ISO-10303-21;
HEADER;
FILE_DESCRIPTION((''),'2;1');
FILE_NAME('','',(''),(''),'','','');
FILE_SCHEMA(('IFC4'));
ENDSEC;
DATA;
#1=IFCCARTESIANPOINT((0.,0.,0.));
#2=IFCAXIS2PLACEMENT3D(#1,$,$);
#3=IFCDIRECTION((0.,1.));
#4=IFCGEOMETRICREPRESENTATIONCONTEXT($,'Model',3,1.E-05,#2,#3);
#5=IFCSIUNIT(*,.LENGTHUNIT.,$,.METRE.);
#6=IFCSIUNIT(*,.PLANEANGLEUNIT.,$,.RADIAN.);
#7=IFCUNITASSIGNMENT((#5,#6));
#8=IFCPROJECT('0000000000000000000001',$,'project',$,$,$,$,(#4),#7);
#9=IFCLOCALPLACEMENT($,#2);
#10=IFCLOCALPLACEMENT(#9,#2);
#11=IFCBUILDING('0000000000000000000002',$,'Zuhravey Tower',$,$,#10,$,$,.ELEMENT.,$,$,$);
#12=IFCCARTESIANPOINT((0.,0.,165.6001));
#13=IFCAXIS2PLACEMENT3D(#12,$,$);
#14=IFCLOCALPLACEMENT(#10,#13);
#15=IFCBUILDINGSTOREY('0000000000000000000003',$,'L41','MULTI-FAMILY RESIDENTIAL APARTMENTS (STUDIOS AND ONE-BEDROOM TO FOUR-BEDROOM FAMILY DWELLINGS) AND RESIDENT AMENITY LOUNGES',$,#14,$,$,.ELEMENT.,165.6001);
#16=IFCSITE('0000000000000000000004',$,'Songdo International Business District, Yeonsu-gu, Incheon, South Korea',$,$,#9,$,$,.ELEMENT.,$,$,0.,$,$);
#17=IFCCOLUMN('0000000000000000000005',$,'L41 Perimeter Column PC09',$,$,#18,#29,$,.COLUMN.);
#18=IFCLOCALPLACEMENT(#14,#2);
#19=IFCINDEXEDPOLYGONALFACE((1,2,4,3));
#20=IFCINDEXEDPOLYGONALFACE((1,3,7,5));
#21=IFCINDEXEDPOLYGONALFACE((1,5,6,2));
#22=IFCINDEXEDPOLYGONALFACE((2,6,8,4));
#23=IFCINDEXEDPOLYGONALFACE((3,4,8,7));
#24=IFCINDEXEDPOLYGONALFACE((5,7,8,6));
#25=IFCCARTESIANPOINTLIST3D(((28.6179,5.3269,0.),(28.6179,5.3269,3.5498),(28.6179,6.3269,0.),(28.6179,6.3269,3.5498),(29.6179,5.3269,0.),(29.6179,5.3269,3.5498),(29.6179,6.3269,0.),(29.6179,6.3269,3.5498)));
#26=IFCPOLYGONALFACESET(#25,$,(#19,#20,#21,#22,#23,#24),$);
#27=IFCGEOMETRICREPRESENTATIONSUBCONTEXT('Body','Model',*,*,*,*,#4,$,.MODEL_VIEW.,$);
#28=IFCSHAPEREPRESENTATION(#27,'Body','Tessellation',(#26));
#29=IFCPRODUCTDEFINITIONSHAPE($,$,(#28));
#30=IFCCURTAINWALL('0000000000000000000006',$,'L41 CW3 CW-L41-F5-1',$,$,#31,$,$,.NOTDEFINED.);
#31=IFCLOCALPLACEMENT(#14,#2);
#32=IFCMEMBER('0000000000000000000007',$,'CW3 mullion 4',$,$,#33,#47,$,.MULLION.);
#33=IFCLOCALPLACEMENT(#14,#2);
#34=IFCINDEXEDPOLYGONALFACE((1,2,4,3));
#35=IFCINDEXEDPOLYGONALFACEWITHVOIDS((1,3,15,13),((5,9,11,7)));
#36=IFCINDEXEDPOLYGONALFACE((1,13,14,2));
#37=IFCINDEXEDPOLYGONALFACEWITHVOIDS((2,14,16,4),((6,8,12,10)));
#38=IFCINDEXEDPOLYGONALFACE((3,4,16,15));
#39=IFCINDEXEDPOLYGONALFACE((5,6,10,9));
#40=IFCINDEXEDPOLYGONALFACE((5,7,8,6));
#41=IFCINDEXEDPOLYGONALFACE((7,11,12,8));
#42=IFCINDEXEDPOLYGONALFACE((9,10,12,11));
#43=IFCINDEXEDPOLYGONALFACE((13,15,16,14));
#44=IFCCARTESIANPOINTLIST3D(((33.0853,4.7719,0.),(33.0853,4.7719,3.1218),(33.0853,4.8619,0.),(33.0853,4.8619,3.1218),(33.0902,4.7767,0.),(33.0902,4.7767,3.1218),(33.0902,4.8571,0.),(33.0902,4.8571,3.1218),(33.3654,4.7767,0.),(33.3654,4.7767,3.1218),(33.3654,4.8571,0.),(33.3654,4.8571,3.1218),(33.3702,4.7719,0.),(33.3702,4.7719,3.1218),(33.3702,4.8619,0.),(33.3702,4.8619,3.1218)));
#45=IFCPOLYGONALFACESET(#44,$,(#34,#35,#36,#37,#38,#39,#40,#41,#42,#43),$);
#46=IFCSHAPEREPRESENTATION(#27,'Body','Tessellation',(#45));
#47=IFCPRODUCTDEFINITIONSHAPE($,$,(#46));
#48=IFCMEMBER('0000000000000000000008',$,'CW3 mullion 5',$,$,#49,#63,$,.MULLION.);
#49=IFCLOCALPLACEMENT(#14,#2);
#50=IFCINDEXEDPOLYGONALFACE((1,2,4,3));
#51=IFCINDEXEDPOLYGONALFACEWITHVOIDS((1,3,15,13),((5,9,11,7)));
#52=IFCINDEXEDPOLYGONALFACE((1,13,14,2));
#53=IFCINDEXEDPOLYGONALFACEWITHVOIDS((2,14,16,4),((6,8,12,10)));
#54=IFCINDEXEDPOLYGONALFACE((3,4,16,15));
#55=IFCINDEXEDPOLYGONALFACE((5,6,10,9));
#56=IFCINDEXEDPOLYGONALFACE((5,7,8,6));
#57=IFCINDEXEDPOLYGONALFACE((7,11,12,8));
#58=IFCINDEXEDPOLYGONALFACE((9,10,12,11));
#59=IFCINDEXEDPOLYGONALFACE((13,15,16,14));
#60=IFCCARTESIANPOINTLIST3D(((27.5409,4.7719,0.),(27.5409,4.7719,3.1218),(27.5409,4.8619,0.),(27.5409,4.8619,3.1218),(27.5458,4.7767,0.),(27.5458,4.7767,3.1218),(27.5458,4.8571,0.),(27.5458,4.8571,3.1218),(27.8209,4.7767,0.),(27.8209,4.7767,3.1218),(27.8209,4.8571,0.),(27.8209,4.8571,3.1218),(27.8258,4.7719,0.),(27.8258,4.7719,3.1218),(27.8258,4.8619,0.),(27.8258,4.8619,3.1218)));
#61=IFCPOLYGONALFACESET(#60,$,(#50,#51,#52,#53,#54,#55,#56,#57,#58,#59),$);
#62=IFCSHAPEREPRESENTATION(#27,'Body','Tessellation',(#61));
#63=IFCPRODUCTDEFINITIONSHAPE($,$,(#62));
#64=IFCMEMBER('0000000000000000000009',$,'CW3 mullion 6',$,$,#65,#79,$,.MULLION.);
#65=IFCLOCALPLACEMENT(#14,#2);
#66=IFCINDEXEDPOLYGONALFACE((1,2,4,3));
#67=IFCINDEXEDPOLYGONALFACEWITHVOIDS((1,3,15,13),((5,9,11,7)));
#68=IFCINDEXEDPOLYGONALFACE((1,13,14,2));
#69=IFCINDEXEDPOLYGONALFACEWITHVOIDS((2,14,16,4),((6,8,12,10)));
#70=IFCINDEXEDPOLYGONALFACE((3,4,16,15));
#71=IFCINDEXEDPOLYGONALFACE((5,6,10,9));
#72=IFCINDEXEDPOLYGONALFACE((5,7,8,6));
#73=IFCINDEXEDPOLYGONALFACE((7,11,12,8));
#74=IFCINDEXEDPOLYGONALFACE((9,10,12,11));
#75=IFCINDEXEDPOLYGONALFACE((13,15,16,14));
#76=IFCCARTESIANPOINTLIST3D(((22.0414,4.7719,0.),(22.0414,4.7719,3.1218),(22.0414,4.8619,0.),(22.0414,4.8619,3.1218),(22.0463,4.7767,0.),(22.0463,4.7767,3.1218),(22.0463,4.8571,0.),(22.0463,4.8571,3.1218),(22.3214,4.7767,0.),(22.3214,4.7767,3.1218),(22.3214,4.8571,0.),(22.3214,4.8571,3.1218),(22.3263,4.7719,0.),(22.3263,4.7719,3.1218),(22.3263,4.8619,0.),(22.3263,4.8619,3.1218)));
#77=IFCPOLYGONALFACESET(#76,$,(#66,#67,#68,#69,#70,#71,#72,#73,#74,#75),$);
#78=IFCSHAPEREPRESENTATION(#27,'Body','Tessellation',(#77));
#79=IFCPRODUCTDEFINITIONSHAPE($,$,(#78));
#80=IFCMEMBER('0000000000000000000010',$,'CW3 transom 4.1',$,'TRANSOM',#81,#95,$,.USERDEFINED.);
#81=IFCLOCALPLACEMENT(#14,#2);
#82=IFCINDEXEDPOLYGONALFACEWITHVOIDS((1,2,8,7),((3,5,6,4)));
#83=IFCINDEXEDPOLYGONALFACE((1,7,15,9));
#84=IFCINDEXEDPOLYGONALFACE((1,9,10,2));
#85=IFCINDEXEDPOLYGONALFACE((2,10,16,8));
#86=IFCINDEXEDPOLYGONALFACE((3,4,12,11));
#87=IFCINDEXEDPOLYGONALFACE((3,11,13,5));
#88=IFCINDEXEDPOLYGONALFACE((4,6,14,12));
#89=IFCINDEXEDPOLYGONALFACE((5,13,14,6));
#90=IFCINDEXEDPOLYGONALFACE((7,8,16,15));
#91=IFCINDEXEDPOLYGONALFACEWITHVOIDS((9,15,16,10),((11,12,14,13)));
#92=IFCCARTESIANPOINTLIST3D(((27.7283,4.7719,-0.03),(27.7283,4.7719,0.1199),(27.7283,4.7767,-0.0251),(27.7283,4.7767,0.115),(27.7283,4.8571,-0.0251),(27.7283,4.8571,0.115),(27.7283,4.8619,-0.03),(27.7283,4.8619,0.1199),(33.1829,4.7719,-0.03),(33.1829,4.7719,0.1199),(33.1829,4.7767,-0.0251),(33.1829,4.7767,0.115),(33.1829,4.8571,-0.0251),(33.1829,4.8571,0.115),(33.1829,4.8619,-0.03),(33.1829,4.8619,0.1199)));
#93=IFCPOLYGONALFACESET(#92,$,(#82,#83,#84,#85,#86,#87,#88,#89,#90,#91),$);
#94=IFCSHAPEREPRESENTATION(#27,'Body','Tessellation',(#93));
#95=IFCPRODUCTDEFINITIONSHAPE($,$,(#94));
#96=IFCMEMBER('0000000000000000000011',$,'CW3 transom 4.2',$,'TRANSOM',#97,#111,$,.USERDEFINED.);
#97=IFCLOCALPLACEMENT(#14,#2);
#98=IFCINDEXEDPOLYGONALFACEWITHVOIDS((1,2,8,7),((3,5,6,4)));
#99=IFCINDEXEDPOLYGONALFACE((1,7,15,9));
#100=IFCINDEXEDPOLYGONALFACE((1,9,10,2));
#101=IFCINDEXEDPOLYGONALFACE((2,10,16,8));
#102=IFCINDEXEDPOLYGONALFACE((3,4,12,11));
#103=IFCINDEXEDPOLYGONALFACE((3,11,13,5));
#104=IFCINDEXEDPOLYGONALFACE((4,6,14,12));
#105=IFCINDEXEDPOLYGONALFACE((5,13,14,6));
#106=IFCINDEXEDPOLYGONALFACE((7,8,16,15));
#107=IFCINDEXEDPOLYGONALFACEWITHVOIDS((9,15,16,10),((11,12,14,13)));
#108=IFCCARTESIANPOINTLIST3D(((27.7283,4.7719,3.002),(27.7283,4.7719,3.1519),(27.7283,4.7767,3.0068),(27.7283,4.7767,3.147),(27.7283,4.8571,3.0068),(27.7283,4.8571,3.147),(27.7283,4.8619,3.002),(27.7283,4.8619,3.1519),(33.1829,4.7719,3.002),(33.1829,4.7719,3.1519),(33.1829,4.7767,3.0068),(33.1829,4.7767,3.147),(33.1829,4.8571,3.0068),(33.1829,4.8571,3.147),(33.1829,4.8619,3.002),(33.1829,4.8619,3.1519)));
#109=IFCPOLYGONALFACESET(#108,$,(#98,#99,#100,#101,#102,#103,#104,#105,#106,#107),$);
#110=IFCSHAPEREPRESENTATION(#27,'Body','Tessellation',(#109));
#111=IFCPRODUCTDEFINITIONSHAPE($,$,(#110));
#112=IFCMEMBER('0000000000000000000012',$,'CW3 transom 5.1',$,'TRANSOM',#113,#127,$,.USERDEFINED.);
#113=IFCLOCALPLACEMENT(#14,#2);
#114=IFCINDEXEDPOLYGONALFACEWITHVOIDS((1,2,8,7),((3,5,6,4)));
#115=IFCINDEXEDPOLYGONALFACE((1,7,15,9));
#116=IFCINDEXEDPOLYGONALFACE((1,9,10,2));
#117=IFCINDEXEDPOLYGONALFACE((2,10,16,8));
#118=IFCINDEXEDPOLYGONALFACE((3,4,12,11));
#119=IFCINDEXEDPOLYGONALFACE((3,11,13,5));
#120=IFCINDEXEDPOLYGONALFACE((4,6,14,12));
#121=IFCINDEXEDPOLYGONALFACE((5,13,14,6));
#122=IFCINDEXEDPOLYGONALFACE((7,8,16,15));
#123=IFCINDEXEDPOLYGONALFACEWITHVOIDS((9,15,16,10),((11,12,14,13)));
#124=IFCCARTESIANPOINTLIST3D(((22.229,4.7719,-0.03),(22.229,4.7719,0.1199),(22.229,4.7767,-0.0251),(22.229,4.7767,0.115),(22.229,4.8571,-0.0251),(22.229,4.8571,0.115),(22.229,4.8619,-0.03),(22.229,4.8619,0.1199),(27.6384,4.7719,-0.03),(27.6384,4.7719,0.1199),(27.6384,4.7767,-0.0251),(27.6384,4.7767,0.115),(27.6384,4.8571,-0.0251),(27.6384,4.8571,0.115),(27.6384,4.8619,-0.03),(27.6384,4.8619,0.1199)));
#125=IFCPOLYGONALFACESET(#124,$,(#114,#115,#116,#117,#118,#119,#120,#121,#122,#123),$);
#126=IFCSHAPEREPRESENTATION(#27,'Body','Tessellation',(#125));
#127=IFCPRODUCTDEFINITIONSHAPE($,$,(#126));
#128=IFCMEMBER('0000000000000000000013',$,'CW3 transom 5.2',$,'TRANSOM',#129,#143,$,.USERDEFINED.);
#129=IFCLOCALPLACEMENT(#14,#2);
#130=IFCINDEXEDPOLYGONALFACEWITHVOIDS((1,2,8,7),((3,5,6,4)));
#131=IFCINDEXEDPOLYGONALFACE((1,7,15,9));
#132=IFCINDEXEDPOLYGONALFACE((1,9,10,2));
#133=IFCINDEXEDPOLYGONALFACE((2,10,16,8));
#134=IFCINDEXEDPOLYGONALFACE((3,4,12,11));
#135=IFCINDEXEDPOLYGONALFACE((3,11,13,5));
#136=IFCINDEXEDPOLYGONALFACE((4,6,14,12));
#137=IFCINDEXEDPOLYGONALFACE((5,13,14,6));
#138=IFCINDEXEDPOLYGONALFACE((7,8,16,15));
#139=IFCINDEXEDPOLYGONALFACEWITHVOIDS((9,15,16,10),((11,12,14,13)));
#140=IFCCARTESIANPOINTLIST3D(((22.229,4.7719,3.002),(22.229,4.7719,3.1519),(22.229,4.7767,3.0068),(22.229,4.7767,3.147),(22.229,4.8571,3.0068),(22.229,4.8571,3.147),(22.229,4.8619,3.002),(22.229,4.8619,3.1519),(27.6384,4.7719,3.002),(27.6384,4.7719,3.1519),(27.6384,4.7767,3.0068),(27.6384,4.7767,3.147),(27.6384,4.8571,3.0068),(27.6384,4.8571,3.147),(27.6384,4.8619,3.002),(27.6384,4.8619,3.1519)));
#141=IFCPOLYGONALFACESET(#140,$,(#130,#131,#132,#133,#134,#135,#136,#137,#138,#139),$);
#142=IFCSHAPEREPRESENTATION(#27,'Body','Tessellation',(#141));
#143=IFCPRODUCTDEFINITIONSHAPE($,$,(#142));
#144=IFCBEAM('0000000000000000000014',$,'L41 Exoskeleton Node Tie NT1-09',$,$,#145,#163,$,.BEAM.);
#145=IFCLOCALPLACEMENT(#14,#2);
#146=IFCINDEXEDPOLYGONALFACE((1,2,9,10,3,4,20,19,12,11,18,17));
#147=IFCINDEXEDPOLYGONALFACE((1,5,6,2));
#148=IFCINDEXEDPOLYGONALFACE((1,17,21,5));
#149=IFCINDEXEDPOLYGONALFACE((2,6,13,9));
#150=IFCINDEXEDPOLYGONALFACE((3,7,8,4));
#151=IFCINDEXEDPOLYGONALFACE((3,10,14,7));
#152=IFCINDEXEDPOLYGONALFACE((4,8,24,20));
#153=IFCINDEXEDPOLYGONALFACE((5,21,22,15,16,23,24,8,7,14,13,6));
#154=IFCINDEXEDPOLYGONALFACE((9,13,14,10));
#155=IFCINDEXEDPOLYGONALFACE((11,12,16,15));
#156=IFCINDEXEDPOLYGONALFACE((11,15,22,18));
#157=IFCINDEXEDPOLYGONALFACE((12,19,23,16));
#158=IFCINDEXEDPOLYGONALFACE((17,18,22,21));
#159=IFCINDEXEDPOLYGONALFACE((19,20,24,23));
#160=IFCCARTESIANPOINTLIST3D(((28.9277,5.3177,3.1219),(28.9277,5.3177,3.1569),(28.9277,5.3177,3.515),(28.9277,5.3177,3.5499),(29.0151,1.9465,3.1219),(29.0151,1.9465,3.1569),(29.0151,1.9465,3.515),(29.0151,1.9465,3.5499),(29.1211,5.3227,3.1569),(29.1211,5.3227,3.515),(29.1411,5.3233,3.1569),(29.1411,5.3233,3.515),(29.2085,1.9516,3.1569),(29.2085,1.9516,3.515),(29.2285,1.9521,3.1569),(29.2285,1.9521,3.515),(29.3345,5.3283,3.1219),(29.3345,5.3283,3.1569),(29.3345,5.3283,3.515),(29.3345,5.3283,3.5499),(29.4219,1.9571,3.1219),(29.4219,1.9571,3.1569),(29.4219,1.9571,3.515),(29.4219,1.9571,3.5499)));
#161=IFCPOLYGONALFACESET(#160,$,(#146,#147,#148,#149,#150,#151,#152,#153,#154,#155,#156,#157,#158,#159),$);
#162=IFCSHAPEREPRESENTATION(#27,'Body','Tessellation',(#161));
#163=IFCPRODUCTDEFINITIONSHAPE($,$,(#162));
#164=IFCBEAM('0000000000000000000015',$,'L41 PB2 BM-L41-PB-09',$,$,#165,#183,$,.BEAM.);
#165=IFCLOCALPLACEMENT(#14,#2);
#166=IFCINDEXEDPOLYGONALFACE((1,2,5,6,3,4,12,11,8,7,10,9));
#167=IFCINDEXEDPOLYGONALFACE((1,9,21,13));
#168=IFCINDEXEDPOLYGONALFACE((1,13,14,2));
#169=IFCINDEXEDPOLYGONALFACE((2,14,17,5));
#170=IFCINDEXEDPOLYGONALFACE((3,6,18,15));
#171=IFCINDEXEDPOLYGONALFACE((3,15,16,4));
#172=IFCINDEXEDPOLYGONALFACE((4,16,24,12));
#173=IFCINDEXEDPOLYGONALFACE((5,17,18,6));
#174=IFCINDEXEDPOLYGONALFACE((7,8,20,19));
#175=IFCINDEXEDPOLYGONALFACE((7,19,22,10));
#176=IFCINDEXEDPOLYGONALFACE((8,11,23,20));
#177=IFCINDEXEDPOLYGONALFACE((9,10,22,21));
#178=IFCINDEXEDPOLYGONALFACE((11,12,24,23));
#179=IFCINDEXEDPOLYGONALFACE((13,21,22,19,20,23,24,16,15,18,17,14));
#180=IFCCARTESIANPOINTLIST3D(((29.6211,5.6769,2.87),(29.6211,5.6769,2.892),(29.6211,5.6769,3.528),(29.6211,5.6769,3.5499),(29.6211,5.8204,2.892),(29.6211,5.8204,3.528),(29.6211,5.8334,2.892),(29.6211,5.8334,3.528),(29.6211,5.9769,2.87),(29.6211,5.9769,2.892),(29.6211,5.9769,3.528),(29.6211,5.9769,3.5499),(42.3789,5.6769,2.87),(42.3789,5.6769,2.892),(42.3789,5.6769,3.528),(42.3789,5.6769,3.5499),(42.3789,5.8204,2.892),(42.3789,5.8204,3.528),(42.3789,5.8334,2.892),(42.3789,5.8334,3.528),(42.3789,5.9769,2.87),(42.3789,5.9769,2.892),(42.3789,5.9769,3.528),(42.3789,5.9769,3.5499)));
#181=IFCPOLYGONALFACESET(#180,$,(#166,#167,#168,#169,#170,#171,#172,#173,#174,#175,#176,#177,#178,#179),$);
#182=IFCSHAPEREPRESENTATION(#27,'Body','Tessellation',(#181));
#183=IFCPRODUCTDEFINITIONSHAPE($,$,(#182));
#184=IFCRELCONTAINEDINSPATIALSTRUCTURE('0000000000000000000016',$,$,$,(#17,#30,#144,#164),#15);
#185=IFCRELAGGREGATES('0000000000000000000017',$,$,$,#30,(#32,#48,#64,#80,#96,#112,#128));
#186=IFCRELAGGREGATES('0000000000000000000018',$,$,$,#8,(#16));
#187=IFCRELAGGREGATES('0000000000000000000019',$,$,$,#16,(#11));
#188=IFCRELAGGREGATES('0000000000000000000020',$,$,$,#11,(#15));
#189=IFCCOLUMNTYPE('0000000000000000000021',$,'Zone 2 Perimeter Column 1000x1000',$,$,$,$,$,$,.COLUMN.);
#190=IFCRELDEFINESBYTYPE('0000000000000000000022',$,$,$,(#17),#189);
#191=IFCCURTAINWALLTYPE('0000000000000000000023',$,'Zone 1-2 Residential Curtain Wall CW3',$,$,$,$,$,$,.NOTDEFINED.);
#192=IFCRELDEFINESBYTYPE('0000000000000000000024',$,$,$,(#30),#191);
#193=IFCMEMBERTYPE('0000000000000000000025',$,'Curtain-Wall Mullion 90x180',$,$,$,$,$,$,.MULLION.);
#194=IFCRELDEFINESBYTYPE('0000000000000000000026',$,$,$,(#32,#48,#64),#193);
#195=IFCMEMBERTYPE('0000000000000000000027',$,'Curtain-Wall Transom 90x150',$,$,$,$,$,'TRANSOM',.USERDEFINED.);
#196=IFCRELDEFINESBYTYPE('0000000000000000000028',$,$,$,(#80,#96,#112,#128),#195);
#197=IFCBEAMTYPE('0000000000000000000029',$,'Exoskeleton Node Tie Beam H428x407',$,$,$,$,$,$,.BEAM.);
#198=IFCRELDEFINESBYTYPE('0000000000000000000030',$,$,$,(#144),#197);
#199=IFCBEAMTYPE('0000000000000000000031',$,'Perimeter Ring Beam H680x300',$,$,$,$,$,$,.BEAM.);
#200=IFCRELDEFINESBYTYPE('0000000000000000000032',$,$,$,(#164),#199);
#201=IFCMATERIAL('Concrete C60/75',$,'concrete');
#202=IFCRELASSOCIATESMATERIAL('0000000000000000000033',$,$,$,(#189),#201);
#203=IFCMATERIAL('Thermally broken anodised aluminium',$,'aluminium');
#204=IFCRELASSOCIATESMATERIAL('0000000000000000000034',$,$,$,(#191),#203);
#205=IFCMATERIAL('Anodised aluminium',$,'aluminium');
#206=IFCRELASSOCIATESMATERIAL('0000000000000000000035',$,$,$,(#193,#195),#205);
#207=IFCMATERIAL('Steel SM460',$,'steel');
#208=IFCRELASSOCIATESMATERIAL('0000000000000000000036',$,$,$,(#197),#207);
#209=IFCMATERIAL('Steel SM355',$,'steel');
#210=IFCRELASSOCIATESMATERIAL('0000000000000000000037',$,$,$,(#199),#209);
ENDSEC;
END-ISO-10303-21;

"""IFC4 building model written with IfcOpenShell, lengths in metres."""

from ifc_helpers import new_model, si_unit, direction, frame, origin, origin_2d, place, context, subcontext, project, spatial, rectangle, hollow_rectangle, i_section, extrude, material, material_profile, profile_set, type_object, element, aggregate, save


model = new_model("IFC4")

# Units and contexts
model_context = context("Model", 3, precision=1e-05, world=origin(), true_north=direction((0.0, 1.0)))
body_context = subcontext(model_context, "Body", "Model", "MODEL_VIEW")
ifc_project = project(units=[si_unit("LENGTHUNIT", "METRE"), si_unit("PLANEANGLEUNIT", "RADIAN")], contexts=[model_context])

# Site, building, storey
site_placement = place(None, origin())
site = spatial("IfcSite", under=ifc_project, at=site_placement, Name="Songdo International Business District, Yeonsu-gu, Incheon, South Korea", CompositionType="ELEMENT", RefElevation=0.0)
building_placement = place(site_placement, origin())
building = spatial("IfcBuilding", under=site, at=building_placement, Name="Zuhravey Tower", CompositionType="ELEMENT")
storey_placement = place(building_placement, frame((0.0, 0.0, 165.6001)))
storey = spatial("IfcBuildingStorey", under=building, at=storey_placement, Name="L41", Description="MULTI-FAMILY RESIDENTIAL APARTMENTS (STUDIOS AND ONE-BEDROOM TO FOUR-BEDROOM FAMILY DWELLINGS) AND RESIDENT AMENITY LOUNGES", CompositionType="ELEMENT", Elevation=165.6001)

# Column
ifc_material_1 = material(Name="Concrete C60/75", Category="concrete")
ifc_material_profile_1 = material_profile(ifc_material_1, rectangle(XDim=1.0, YDim=1.0, at=origin_2d()), Name="RC-1000x1000")
ifc_profile_set_1 = profile_set([ifc_material_profile_1], Name="Concrete C60/75")
column_type = type_object("IfcColumnType", Name="Zone 2 Perimeter Column 1000x1000", PredefinedType="COLUMN", material=ifc_profile_set_1)
column_placement = place(storey_placement, frame((29.1179, 5.8269, 0.0), z_axis=(0.0, 0.0, 1.0), x_axis=(1.0, 0.0, 0.0)))
element("IfcColumn", 1, at=column_placement, inside=storey, type_object=column_type, Name="L41 Perimeter Column PC09", PredefinedType="COLUMN", context=body_context, shape_type="SweptSolid", body=[
    extrude(rectangle(XDim=1.0, YDim=1.0, at=origin_2d()), origin(), (0.0, 0.0, 1.0), 3.5498),
])

# Curtain wall, members
ifc_material_2 = material(Name="Thermally broken anodised aluminium", Category="aluminium")
curtain_wall_type = type_object("IfcCurtainWallType", Name="Zone 1-2 Residential Curtain Wall CW3", PredefinedType="NOTDEFINED", material=ifc_material_2)
curtain_wall_placement = place(storey_placement, origin())
curtain_wall = element("IfcCurtainWall", 2, at=curtain_wall_placement, inside=storey, type_object=curtain_wall_type, Name="L41 CW3 CW-L41-F5-1", PredefinedType="NOTDEFINED")
ifc_material_3 = material(Name="Anodised aluminium", Category="aluminium")
ifc_material_profile_2 = material_profile(ifc_material_3, hollow_rectangle(XDim=0.0901, YDim=0.2849, WallThickness=0.0049, at=origin_2d()), Name="ALU-RHS-90x285x5")
ifc_profile_set_2 = profile_set([ifc_material_profile_2], Name="Anodised aluminium")
member_type_1 = type_object("IfcMemberType", Name="Curtain-Wall Mullion 90x180", PredefinedType="MULLION", material=ifc_profile_set_2)
member_1_placement = place(storey_placement, frame((33.2278, 4.8169, 0.0), z_axis=(0.0, 0.0, 1.0), x_axis=(0.0, -1.0, 0.0)))
member_1 = element("IfcMember", 3, at=member_1_placement, type_object=member_type_1, Name="CW3 mullion 4", PredefinedType="MULLION", context=body_context, shape_type="SweptSolid", body=[
    extrude(hollow_rectangle(XDim=0.0901, YDim=0.2849, WallThickness=0.0049, at=origin_2d()), origin(), (0.0, 0.0, 1.0), 3.1218),
])
member_2_placement = place(storey_placement, frame((27.6833, 4.8169, 0.0), z_axis=(0.0, 0.0, 1.0), x_axis=(0.0, -1.0, 0.0)))
member_2 = element("IfcMember", 4, at=member_2_placement, type_object=member_type_1, Name="CW3 mullion 5", PredefinedType="MULLION", context=body_context, shape_type="SweptSolid", body=[
    extrude(hollow_rectangle(XDim=0.0901, YDim=0.2849, WallThickness=0.0049, at=origin_2d()), origin(), (0.0, 0.0, 1.0), 3.1218),
])
member_3_placement = place(storey_placement, frame((22.1838, 4.8169, 0.0), z_axis=(0.0, 0.0, 1.0), x_axis=(0.0, -1.0, 0.0)))
member_3 = element("IfcMember", 5, at=member_3_placement, type_object=member_type_1, Name="CW3 mullion 6", PredefinedType="MULLION", context=body_context, shape_type="SweptSolid", body=[
    extrude(hollow_rectangle(XDim=0.0901, YDim=0.2849, WallThickness=0.0049, at=origin_2d()), origin(), (0.0, 0.0, 1.0), 3.1218),
])
ifc_material_profile_3 = material_profile(ifc_material_3, hollow_rectangle(XDim=0.0901, YDim=0.1499, WallThickness=0.0049, at=origin_2d()), Name="ALU-RHS-90x150x5")
ifc_profile_set_3 = profile_set([ifc_material_profile_3], Name="Anodised aluminium")
member_type_2 = type_object("IfcMemberType", Name="Curtain-Wall Transom 90x150", ElementType="TRANSOM", PredefinedType="USERDEFINED", material=ifc_profile_set_3)
member_4_placement = place(storey_placement, frame((33.1829, 4.8169, 0.0449), z_axis=(-1.0, 0.0, 0.0), x_axis=(0.0, -1.0, 0.0)))
member_4 = element("IfcMember", 6, at=member_4_placement, type_object=member_type_2, Name="CW3 transom 4.1", ObjectType="TRANSOM", PredefinedType="USERDEFINED", context=body_context, shape_type="SweptSolid", body=[
    extrude(hollow_rectangle(XDim=0.0901, YDim=0.1499, WallThickness=0.0049, at=origin_2d()), origin(), (0.0, 0.0, 1.0), 5.4546),
])
member_5_placement = place(storey_placement, frame((33.1829, 4.8169, 3.0769), z_axis=(-1.0, 0.0, 0.0), x_axis=(0.0, -1.0, 0.0)))
member_5 = element("IfcMember", 7, at=member_5_placement, type_object=member_type_2, Name="CW3 transom 4.2", ObjectType="TRANSOM", PredefinedType="USERDEFINED", context=body_context, shape_type="SweptSolid", body=[
    extrude(hollow_rectangle(XDim=0.0901, YDim=0.1499, WallThickness=0.0049, at=origin_2d()), origin(), (0.0, 0.0, 1.0), 5.4546),
])
member_6_placement = place(storey_placement, frame((27.6384, 4.8169, 0.0449), z_axis=(-1.0, 0.0, 0.0), x_axis=(0.0, -1.0, 0.0)))
member_6 = element("IfcMember", 8, at=member_6_placement, type_object=member_type_2, Name="CW3 transom 5.1", ObjectType="TRANSOM", PredefinedType="USERDEFINED", context=body_context, shape_type="SweptSolid", body=[
    extrude(hollow_rectangle(XDim=0.0901, YDim=0.1499, WallThickness=0.0049, at=origin_2d()), origin(), (0.0, 0.0, 1.0), 5.4094),
])
member_7_placement = place(storey_placement, frame((27.6384, 4.8169, 3.0769), z_axis=(-1.0, 0.0, 0.0), x_axis=(0.0, -1.0, 0.0)))
member_7 = element("IfcMember", 9, at=member_7_placement, type_object=member_type_2, Name="CW3 transom 5.2", ObjectType="TRANSOM", PredefinedType="USERDEFINED", context=body_context, shape_type="SweptSolid", body=[
    extrude(hollow_rectangle(XDim=0.0901, YDim=0.1499, WallThickness=0.0049, at=origin_2d()), origin(), (0.0, 0.0, 1.0), 5.4094),
])

# Beams
ifc_material_4 = material(Name="Steel SM460", Category="steel")
ifc_material_profile_4 = material_profile(ifc_material_4, i_section(OverallWidth=0.407, OverallDepth=0.428, WebThickness=0.02, FlangeThickness=0.0349, at=origin_2d()), Name="H-428x407x20x35")
ifc_profile_set_4 = profile_set([ifc_material_profile_4], Name="Steel SM460")
beam_type_1 = type_object("IfcBeamType", Name="Exoskeleton Node Tie Beam H428x407", PredefinedType="BEAM", material=ifc_profile_set_4)
beam_1_placement = place(storey_placement, frame((29.1311, 5.323, 3.3359), z_axis=(0.025918, -0.999664, 0.0), x_axis=(0.999664, 0.025918, 0.0)))
element("IfcBeam", 10, at=beam_1_placement, inside=storey, type_object=beam_type_1, Name="L41 Exoskeleton Node Tie NT1-09", PredefinedType="BEAM", context=body_context, shape_type="SweptSolid", body=[
    extrude(i_section(OverallWidth=0.407, OverallDepth=0.428, WebThickness=0.02, FlangeThickness=0.0349, at=origin_2d()), origin(), (0.0, 0.0, 1.0), 3.3723),
])
ifc_material_5 = material(Name="Steel SM355", Category="steel")
ifc_material_profile_5 = material_profile(ifc_material_5, i_section(OverallWidth=0.3, OverallDepth=0.6799, WebThickness=0.0129, FlangeThickness=0.022, at=origin_2d()), Name="H-680x300x13x22")
ifc_profile_set_5 = profile_set([ifc_material_profile_5], Name="Steel SM355")
beam_type_2 = type_object("IfcBeamType", Name="Perimeter Ring Beam H680x300", PredefinedType="BEAM", material=ifc_profile_set_5)
beam_2_placement = place(storey_placement, frame((29.6211, 5.8269, 3.21), z_axis=(1.0, 0.0, 0.0), x_axis=(0.0, 1.0, 0.0)))
element("IfcBeam", 11, at=beam_2_placement, inside=storey, type_object=beam_type_2, Name="L41 PB2 BM-L41-PB-09", PredefinedType="BEAM", context=body_context, shape_type="SweptSolid", body=[
    extrude(i_section(OverallWidth=0.3, OverallDepth=0.6799, WebThickness=0.0129, FlangeThickness=0.022, at=origin_2d()), origin(), (0.0, 0.0, 1.0), 12.7578),
])

aggregate(curtain_wall, [member_1, member_2, member_3, member_4, member_5, member_6, member_7])

save(model, "model.ifc")
